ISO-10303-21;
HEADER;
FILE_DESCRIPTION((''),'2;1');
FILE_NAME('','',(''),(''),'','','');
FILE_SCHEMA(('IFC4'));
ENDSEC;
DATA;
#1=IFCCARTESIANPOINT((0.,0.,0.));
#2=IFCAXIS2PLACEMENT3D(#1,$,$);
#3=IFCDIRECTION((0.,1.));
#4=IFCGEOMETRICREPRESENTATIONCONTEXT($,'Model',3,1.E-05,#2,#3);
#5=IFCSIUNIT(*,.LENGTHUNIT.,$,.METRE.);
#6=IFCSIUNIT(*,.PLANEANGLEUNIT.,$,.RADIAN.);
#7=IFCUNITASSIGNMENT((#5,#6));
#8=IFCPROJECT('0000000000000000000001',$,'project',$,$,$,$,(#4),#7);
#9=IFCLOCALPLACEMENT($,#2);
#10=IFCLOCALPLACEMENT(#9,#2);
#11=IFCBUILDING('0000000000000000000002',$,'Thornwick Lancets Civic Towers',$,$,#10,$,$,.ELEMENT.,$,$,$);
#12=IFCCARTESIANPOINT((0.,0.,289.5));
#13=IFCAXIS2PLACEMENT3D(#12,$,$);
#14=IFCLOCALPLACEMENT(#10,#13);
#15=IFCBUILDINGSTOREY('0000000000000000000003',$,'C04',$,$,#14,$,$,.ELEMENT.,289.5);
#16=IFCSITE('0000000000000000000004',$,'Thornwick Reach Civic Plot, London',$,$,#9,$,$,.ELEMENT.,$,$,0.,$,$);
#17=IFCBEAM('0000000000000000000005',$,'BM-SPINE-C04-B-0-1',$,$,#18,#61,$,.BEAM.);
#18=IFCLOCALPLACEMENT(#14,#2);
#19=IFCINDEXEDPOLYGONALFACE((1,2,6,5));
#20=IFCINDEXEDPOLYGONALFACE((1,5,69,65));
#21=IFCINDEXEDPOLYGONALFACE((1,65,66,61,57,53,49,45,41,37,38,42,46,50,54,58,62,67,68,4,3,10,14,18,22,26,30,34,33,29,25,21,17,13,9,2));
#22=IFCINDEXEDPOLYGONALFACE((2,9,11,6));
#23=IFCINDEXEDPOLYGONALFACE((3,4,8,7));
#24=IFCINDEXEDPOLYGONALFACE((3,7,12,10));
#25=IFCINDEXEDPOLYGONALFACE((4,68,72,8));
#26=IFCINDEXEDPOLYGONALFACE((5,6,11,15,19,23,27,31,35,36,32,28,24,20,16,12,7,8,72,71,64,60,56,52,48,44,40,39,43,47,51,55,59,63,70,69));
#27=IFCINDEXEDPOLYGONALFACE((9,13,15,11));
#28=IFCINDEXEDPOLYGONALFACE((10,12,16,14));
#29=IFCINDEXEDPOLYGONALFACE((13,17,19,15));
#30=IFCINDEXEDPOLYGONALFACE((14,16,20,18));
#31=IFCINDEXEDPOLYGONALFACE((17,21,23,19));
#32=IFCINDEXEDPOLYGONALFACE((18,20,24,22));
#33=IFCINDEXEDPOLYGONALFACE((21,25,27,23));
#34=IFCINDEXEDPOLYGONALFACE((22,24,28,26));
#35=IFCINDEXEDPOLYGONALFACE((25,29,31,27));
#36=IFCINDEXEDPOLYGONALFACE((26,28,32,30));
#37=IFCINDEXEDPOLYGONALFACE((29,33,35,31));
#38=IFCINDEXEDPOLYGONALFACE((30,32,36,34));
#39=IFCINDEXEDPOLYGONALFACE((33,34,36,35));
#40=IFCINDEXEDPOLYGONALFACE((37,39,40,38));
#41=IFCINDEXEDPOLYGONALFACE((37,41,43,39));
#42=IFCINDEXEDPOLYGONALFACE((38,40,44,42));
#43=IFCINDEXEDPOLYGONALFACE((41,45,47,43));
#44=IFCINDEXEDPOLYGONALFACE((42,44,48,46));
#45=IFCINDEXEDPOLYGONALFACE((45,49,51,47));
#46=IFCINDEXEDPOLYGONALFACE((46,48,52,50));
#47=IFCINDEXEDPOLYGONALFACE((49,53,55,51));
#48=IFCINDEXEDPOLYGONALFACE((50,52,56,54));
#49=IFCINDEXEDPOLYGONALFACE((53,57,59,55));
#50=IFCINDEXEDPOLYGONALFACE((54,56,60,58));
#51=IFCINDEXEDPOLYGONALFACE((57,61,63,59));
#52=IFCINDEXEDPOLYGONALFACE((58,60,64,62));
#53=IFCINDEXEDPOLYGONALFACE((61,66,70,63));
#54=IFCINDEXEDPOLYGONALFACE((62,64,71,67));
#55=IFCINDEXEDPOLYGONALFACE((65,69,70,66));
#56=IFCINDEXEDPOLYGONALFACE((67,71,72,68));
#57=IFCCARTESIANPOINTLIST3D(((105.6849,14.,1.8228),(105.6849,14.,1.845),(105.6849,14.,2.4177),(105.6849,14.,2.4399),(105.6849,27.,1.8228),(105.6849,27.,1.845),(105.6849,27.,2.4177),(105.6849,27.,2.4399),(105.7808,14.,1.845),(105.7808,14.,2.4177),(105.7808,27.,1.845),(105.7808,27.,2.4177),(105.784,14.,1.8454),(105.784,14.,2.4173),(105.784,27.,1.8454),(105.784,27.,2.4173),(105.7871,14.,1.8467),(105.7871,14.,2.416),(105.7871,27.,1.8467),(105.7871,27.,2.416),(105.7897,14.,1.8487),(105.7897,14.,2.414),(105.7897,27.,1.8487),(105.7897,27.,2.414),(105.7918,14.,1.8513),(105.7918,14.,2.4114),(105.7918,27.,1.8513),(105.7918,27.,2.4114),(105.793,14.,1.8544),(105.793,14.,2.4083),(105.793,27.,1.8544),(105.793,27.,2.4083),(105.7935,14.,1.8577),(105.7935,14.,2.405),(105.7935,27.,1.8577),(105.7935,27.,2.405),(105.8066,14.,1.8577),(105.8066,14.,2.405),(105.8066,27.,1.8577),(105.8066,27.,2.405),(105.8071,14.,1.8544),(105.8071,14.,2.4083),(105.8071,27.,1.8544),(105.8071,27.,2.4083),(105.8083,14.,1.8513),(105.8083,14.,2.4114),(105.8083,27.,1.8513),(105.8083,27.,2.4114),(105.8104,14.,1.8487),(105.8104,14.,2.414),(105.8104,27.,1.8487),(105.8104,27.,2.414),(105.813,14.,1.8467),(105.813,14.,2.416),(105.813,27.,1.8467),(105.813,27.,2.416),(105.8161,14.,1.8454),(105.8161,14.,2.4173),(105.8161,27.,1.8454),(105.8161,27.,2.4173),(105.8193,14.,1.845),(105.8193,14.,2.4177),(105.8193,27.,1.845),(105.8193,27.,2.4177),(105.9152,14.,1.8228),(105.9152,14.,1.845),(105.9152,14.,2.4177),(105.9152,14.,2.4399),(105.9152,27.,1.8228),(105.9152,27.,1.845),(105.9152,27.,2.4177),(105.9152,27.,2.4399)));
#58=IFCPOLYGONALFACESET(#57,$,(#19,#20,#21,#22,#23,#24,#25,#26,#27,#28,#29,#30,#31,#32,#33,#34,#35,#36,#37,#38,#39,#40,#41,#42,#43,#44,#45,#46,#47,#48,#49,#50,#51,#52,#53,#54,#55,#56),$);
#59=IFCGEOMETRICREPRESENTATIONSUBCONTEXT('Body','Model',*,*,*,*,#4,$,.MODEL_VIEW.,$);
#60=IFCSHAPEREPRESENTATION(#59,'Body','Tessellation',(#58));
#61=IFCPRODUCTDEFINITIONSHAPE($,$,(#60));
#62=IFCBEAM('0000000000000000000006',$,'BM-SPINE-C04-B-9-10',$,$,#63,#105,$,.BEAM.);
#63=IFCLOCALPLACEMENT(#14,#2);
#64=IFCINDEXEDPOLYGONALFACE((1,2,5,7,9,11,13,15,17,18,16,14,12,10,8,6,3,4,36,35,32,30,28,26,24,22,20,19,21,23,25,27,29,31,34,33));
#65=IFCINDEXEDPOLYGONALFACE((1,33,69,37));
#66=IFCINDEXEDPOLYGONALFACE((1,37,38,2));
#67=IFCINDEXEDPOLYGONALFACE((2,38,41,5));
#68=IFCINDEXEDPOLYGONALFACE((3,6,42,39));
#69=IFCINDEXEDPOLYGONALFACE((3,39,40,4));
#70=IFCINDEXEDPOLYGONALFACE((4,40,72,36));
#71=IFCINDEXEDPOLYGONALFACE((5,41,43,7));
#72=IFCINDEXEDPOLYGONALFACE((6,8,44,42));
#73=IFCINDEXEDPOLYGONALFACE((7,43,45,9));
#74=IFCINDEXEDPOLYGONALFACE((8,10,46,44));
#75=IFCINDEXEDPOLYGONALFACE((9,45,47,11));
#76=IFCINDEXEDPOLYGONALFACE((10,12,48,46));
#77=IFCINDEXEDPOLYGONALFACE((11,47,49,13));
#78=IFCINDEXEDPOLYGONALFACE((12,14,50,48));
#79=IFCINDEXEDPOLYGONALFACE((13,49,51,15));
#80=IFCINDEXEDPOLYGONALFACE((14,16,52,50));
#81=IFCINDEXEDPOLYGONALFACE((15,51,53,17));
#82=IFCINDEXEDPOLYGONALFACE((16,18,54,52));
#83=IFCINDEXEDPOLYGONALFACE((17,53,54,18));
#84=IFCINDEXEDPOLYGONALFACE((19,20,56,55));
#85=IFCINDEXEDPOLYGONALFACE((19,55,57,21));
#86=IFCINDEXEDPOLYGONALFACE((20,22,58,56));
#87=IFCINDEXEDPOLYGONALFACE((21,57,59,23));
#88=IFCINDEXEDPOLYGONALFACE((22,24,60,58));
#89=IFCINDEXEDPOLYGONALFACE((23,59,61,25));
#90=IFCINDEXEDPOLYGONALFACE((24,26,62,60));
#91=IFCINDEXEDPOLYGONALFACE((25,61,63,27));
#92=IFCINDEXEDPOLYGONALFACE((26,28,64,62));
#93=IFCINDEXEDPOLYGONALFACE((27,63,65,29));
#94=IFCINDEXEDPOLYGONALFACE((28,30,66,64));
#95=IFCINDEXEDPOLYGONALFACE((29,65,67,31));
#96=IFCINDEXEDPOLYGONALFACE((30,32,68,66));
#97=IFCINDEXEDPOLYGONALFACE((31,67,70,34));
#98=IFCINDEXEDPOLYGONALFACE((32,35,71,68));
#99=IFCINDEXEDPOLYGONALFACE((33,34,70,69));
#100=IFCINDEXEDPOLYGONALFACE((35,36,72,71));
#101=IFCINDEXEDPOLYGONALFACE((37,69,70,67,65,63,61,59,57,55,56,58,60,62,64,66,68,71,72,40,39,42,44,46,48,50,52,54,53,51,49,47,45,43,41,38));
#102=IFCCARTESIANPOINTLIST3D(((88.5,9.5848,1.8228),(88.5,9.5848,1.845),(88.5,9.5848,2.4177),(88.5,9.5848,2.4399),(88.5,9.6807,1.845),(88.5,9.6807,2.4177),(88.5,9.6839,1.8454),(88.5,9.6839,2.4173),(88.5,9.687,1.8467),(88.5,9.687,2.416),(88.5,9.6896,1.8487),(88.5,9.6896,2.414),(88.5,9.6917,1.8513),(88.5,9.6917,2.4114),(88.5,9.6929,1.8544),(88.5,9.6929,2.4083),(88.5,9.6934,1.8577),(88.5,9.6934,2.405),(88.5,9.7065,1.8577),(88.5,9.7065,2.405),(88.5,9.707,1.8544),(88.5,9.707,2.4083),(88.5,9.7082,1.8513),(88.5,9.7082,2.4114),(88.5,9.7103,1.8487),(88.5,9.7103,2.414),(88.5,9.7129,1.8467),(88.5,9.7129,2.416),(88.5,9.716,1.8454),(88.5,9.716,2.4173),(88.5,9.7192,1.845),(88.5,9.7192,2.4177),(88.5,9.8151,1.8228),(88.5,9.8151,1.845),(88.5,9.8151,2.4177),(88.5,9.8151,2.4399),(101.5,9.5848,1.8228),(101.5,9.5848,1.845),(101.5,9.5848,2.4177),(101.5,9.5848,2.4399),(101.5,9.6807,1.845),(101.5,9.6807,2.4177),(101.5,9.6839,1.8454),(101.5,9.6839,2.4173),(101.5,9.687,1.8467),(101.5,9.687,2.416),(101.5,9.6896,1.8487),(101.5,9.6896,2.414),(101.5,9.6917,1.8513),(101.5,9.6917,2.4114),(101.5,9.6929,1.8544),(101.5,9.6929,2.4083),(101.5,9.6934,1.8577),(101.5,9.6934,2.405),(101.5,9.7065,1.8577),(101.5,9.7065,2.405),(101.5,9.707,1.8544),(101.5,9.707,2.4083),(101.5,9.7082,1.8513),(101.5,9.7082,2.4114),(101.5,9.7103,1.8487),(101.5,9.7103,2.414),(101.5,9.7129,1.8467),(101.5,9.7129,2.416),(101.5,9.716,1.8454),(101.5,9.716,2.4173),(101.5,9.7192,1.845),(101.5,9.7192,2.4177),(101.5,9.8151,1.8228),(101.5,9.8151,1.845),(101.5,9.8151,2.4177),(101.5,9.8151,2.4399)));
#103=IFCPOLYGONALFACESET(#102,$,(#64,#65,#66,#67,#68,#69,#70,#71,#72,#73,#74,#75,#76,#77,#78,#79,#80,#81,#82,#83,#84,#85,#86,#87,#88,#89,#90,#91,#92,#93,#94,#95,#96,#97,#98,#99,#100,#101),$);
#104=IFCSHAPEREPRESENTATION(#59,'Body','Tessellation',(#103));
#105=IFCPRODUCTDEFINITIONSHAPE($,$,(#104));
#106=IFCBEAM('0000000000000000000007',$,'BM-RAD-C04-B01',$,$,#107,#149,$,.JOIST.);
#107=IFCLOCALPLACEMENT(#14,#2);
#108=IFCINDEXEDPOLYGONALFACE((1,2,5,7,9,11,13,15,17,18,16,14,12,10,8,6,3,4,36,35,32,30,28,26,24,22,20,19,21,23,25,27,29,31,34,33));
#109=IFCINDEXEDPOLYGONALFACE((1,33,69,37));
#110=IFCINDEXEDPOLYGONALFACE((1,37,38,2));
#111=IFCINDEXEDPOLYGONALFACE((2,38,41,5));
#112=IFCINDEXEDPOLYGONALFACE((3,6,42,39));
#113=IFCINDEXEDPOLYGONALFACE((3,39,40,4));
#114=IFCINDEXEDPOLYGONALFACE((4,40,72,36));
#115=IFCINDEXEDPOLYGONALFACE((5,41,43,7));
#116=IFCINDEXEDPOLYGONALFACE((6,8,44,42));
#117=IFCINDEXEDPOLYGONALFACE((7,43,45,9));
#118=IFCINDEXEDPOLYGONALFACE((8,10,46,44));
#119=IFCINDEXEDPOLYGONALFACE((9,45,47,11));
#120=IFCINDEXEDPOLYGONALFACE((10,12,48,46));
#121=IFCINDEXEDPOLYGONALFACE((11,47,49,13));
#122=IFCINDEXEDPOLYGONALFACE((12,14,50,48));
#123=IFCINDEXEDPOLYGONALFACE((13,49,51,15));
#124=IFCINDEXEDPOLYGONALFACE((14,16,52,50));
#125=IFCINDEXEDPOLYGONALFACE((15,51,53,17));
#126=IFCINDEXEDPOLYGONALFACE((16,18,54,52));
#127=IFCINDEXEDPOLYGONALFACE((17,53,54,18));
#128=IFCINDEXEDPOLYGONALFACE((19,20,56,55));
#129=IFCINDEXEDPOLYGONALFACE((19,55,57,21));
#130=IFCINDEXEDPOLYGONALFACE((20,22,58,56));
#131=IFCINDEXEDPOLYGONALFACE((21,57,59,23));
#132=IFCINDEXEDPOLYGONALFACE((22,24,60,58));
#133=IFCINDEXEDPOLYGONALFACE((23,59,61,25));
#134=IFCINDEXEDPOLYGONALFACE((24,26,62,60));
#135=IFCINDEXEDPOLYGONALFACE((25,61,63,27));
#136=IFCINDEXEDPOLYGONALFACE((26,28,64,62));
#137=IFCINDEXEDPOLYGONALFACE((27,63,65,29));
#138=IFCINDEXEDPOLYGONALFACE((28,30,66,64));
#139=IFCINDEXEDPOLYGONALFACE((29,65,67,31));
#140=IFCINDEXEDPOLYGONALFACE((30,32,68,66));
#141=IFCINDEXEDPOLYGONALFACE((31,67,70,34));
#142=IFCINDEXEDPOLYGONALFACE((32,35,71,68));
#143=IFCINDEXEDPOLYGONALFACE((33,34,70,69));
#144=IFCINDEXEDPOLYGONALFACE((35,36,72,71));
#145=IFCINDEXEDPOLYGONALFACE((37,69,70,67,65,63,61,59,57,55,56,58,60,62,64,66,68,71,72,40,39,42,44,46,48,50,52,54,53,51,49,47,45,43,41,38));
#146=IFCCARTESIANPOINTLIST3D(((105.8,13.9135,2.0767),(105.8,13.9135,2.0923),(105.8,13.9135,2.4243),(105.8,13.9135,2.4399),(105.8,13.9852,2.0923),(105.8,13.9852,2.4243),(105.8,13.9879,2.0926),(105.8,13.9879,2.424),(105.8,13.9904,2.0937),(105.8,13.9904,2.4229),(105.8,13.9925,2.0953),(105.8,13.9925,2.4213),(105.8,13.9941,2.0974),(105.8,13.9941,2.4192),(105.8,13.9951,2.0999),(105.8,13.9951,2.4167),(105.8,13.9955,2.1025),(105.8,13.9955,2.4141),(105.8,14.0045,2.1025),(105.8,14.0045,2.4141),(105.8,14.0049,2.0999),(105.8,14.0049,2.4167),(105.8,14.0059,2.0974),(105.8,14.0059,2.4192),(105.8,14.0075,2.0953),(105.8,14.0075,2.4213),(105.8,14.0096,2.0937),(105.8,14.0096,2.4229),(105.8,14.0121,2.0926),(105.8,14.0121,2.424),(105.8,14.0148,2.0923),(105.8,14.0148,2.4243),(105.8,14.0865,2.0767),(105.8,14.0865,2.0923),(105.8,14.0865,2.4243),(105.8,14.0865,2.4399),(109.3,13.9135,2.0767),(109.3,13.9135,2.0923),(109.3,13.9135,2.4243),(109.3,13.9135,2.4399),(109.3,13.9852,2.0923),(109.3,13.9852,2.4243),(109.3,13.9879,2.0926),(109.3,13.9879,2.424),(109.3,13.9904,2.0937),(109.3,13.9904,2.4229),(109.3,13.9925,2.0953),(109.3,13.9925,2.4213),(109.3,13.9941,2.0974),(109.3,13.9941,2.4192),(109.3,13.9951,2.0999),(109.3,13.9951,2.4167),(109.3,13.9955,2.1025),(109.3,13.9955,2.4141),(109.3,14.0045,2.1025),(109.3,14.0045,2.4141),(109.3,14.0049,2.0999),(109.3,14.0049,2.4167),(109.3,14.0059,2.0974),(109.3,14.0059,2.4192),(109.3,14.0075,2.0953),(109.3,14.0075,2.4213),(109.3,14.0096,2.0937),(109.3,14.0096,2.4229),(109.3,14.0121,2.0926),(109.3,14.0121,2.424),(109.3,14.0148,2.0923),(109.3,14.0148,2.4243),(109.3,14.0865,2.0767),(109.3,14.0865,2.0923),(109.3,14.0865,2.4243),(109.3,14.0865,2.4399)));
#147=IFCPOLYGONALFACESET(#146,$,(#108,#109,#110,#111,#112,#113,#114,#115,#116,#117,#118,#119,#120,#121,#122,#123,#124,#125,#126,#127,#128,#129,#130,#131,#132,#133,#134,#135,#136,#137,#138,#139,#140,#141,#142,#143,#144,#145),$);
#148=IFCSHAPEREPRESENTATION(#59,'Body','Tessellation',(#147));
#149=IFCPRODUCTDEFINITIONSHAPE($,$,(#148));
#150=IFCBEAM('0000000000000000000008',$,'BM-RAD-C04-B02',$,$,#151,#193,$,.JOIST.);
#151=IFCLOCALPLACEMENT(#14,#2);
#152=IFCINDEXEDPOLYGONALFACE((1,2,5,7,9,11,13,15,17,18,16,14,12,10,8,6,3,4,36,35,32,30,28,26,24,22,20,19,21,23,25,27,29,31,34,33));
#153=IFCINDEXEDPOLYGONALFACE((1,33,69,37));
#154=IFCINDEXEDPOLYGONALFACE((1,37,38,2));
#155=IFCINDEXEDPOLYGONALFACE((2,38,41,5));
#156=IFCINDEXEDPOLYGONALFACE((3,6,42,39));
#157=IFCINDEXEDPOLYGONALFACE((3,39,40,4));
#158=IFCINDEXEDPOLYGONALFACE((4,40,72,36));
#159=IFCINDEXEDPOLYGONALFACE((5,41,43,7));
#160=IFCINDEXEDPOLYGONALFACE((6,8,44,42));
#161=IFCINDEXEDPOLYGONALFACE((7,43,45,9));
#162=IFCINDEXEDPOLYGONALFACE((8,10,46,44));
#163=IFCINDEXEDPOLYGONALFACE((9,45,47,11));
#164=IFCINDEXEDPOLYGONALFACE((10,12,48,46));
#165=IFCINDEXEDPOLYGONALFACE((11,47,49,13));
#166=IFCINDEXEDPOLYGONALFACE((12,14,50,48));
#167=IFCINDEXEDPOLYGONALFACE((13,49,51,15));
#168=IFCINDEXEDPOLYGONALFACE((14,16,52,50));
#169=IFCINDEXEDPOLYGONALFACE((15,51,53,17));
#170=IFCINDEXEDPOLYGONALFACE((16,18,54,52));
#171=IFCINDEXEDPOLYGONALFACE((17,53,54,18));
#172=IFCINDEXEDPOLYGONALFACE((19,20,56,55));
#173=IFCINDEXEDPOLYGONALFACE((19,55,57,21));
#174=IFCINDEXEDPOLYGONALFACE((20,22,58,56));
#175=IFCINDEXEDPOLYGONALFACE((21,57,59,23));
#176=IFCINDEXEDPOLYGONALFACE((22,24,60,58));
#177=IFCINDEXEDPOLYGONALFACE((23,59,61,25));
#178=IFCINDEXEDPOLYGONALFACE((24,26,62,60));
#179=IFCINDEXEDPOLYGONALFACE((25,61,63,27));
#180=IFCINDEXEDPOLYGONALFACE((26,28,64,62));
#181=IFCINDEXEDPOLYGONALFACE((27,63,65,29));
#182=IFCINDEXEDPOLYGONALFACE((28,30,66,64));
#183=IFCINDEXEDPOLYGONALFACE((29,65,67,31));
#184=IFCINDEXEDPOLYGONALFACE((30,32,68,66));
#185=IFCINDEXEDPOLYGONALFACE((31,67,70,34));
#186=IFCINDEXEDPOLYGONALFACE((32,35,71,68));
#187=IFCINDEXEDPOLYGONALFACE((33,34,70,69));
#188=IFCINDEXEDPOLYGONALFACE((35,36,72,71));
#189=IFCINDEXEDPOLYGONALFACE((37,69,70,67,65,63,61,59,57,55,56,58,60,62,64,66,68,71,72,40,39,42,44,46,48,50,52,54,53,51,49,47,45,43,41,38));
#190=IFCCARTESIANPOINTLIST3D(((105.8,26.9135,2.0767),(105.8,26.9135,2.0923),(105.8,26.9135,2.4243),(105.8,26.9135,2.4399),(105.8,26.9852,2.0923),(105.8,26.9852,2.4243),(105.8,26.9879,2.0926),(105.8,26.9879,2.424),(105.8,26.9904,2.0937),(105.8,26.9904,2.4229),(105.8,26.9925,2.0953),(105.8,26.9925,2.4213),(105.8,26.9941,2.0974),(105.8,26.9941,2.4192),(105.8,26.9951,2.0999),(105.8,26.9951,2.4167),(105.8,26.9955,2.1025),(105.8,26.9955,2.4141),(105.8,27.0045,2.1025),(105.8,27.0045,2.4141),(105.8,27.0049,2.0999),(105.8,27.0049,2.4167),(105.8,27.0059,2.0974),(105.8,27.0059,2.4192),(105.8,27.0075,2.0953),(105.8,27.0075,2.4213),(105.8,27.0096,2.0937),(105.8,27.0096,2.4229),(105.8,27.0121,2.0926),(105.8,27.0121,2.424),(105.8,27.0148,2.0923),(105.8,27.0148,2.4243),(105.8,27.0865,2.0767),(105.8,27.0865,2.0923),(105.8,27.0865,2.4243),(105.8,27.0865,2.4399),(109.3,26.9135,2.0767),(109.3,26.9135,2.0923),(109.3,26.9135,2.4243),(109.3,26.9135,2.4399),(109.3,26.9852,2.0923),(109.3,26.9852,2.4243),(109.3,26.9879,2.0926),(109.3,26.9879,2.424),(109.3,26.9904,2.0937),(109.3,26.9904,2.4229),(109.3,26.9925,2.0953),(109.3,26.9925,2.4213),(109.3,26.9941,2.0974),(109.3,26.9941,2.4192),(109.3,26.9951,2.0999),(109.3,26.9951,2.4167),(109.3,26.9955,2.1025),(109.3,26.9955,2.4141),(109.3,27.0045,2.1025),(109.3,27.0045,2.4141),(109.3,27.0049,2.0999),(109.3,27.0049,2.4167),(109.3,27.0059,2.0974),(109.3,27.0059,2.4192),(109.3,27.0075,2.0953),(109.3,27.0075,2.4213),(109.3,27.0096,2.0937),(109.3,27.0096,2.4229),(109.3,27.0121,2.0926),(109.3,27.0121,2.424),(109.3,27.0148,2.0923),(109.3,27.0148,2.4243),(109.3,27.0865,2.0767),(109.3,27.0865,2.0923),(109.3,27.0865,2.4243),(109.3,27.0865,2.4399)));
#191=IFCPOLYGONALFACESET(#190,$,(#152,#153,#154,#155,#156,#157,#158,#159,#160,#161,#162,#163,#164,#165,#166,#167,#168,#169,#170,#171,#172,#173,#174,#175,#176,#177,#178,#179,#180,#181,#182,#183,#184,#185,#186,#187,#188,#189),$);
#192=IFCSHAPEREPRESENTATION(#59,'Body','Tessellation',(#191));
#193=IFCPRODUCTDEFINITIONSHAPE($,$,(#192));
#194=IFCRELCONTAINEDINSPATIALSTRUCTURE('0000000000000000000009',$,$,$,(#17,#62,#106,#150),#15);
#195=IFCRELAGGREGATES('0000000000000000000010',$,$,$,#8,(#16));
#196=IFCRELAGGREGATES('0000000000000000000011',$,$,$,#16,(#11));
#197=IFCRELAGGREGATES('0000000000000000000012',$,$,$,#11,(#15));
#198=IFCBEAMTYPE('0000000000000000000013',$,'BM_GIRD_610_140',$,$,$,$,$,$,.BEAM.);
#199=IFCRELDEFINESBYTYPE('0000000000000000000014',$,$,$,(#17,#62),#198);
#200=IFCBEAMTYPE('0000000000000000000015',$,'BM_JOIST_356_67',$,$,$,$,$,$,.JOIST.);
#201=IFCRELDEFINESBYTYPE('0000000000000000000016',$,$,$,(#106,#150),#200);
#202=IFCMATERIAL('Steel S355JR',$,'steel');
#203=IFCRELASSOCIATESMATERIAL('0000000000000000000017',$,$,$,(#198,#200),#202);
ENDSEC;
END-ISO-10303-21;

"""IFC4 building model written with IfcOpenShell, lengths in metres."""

from ifc_helpers import new_model, si_unit, direction, frame, origin, origin_2d, place, context, subcontext, project, spatial, i_section, extrude, material, material_profile, profile_set, type_object, element, save


model = new_model("IFC4")

# Units and contexts
model_context = context("Model", 3, precision=1e-05, world=origin(), true_north=direction((0.0, 1.0)))
body_context = subcontext(model_context, "Body", "Model", "MODEL_VIEW")
ifc_project = project(units=[si_unit("LENGTHUNIT", "METRE"), si_unit("PLANEANGLEUNIT", "RADIAN")], contexts=[model_context])

# Site, building, storey
site_placement = place(None, origin())
site = spatial("IfcSite", under=ifc_project, at=site_placement, Name="Thornwick Reach Civic Plot, London", CompositionType="ELEMENT", RefElevation=0.0)
building_placement = place(site_placement, origin())
building = spatial("IfcBuilding", under=site, at=building_placement, Name="Thornwick Lancets Civic Towers", CompositionType="ELEMENT")
storey_placement = place(building_placement, frame((0.0, 0.0, 289.5)))
storey = spatial("IfcBuildingStorey", under=building, at=storey_placement, Name="C04", CompositionType="ELEMENT", Elevation=289.5)

# Shared definitions
ifc_material_1 = material(Name="Steel S355JR", Category="steel")

# Beams
ifc_material_profile_1 = material_profile(ifc_material_1, i_section(OverallWidth=0.2302, OverallDepth=0.6172, WebThickness=0.0132, FlangeThickness=0.0222, FilletRadius=0.0127, at=origin_2d()), Name="UKB 610x229x140")
ifc_profile_set_1 = profile_set([ifc_material_profile_1], Name="Steel S355JR")
beam_type_1 = type_object("IfcBeamType", Name="BM_GIRD_610_140", PredefinedType="BEAM", material=ifc_profile_set_1)
for number, where, z_axis, x_axis, name in (
    (1, (105.8, 14.0, 2.1313), (0.0, 1.0, 0.0), (-1.0, 0.0, 0.0), "BM-SPINE-C04-B-0-1"),
    (2, (101.5, 9.7, 2.1313), (-1.0, 0.0, 0.0), (0.0, -1.0, 0.0), "BM-SPINE-C04-B-9-10"),
):
    element("IfcBeam", number, at=place(storey_placement, frame(where, z_axis=z_axis, x_axis=x_axis)), inside=storey, type_object=beam_type_1, Name=name, PredefinedType="BEAM", context=body_context, shape_type="SweptSolid", body=[
        extrude(i_section(OverallWidth=0.2302, OverallDepth=0.6172, WebThickness=0.0132, FlangeThickness=0.0222, FilletRadius=0.0127, at=origin_2d()), origin(), (0.0, 0.0, 1.0), 13.0),
    ])
ifc_material_profile_2 = material_profile(ifc_material_1, i_section(OverallWidth=0.1731, OverallDepth=0.3633, WebThickness=0.009, FlangeThickness=0.0156, FilletRadius=0.0103, at=origin_2d()), Name="UKB 356x171x67")
ifc_profile_set_2 = profile_set([ifc_material_profile_2], Name="Steel S355JR")
beam_type_2 = type_object("IfcBeamType", Name="BM_JOIST_356_67", PredefinedType="JOIST", material=ifc_profile_set_2)
for number, where, z_axis, x_axis, name in (
    (3, (105.8, 14.0, 2.2583), (1.0, 0.0, 0.0), (0.0, 1.0, 0.0), "BM-RAD-C04-B01"),
    (4, (105.8, 27.0, 2.2583), (1.0, 0.0, 0.0), (0.0, 1.0, 0.0), "BM-RAD-C04-B02"),
):
    element("IfcBeam", number, at=place(storey_placement, frame(where, z_axis=z_axis, x_axis=x_axis)), inside=storey, type_object=beam_type_2, Name=name, PredefinedType="JOIST", context=body_context, shape_type="SweptSolid", body=[
        extrude(i_section(OverallWidth=0.1731, OverallDepth=0.3633, WebThickness=0.009, FlangeThickness=0.0156, FilletRadius=0.0103, at=origin_2d()), origin(), (0.0, 0.0, 1.0), 3.5),
    ])

save(model, "model.ifc")
